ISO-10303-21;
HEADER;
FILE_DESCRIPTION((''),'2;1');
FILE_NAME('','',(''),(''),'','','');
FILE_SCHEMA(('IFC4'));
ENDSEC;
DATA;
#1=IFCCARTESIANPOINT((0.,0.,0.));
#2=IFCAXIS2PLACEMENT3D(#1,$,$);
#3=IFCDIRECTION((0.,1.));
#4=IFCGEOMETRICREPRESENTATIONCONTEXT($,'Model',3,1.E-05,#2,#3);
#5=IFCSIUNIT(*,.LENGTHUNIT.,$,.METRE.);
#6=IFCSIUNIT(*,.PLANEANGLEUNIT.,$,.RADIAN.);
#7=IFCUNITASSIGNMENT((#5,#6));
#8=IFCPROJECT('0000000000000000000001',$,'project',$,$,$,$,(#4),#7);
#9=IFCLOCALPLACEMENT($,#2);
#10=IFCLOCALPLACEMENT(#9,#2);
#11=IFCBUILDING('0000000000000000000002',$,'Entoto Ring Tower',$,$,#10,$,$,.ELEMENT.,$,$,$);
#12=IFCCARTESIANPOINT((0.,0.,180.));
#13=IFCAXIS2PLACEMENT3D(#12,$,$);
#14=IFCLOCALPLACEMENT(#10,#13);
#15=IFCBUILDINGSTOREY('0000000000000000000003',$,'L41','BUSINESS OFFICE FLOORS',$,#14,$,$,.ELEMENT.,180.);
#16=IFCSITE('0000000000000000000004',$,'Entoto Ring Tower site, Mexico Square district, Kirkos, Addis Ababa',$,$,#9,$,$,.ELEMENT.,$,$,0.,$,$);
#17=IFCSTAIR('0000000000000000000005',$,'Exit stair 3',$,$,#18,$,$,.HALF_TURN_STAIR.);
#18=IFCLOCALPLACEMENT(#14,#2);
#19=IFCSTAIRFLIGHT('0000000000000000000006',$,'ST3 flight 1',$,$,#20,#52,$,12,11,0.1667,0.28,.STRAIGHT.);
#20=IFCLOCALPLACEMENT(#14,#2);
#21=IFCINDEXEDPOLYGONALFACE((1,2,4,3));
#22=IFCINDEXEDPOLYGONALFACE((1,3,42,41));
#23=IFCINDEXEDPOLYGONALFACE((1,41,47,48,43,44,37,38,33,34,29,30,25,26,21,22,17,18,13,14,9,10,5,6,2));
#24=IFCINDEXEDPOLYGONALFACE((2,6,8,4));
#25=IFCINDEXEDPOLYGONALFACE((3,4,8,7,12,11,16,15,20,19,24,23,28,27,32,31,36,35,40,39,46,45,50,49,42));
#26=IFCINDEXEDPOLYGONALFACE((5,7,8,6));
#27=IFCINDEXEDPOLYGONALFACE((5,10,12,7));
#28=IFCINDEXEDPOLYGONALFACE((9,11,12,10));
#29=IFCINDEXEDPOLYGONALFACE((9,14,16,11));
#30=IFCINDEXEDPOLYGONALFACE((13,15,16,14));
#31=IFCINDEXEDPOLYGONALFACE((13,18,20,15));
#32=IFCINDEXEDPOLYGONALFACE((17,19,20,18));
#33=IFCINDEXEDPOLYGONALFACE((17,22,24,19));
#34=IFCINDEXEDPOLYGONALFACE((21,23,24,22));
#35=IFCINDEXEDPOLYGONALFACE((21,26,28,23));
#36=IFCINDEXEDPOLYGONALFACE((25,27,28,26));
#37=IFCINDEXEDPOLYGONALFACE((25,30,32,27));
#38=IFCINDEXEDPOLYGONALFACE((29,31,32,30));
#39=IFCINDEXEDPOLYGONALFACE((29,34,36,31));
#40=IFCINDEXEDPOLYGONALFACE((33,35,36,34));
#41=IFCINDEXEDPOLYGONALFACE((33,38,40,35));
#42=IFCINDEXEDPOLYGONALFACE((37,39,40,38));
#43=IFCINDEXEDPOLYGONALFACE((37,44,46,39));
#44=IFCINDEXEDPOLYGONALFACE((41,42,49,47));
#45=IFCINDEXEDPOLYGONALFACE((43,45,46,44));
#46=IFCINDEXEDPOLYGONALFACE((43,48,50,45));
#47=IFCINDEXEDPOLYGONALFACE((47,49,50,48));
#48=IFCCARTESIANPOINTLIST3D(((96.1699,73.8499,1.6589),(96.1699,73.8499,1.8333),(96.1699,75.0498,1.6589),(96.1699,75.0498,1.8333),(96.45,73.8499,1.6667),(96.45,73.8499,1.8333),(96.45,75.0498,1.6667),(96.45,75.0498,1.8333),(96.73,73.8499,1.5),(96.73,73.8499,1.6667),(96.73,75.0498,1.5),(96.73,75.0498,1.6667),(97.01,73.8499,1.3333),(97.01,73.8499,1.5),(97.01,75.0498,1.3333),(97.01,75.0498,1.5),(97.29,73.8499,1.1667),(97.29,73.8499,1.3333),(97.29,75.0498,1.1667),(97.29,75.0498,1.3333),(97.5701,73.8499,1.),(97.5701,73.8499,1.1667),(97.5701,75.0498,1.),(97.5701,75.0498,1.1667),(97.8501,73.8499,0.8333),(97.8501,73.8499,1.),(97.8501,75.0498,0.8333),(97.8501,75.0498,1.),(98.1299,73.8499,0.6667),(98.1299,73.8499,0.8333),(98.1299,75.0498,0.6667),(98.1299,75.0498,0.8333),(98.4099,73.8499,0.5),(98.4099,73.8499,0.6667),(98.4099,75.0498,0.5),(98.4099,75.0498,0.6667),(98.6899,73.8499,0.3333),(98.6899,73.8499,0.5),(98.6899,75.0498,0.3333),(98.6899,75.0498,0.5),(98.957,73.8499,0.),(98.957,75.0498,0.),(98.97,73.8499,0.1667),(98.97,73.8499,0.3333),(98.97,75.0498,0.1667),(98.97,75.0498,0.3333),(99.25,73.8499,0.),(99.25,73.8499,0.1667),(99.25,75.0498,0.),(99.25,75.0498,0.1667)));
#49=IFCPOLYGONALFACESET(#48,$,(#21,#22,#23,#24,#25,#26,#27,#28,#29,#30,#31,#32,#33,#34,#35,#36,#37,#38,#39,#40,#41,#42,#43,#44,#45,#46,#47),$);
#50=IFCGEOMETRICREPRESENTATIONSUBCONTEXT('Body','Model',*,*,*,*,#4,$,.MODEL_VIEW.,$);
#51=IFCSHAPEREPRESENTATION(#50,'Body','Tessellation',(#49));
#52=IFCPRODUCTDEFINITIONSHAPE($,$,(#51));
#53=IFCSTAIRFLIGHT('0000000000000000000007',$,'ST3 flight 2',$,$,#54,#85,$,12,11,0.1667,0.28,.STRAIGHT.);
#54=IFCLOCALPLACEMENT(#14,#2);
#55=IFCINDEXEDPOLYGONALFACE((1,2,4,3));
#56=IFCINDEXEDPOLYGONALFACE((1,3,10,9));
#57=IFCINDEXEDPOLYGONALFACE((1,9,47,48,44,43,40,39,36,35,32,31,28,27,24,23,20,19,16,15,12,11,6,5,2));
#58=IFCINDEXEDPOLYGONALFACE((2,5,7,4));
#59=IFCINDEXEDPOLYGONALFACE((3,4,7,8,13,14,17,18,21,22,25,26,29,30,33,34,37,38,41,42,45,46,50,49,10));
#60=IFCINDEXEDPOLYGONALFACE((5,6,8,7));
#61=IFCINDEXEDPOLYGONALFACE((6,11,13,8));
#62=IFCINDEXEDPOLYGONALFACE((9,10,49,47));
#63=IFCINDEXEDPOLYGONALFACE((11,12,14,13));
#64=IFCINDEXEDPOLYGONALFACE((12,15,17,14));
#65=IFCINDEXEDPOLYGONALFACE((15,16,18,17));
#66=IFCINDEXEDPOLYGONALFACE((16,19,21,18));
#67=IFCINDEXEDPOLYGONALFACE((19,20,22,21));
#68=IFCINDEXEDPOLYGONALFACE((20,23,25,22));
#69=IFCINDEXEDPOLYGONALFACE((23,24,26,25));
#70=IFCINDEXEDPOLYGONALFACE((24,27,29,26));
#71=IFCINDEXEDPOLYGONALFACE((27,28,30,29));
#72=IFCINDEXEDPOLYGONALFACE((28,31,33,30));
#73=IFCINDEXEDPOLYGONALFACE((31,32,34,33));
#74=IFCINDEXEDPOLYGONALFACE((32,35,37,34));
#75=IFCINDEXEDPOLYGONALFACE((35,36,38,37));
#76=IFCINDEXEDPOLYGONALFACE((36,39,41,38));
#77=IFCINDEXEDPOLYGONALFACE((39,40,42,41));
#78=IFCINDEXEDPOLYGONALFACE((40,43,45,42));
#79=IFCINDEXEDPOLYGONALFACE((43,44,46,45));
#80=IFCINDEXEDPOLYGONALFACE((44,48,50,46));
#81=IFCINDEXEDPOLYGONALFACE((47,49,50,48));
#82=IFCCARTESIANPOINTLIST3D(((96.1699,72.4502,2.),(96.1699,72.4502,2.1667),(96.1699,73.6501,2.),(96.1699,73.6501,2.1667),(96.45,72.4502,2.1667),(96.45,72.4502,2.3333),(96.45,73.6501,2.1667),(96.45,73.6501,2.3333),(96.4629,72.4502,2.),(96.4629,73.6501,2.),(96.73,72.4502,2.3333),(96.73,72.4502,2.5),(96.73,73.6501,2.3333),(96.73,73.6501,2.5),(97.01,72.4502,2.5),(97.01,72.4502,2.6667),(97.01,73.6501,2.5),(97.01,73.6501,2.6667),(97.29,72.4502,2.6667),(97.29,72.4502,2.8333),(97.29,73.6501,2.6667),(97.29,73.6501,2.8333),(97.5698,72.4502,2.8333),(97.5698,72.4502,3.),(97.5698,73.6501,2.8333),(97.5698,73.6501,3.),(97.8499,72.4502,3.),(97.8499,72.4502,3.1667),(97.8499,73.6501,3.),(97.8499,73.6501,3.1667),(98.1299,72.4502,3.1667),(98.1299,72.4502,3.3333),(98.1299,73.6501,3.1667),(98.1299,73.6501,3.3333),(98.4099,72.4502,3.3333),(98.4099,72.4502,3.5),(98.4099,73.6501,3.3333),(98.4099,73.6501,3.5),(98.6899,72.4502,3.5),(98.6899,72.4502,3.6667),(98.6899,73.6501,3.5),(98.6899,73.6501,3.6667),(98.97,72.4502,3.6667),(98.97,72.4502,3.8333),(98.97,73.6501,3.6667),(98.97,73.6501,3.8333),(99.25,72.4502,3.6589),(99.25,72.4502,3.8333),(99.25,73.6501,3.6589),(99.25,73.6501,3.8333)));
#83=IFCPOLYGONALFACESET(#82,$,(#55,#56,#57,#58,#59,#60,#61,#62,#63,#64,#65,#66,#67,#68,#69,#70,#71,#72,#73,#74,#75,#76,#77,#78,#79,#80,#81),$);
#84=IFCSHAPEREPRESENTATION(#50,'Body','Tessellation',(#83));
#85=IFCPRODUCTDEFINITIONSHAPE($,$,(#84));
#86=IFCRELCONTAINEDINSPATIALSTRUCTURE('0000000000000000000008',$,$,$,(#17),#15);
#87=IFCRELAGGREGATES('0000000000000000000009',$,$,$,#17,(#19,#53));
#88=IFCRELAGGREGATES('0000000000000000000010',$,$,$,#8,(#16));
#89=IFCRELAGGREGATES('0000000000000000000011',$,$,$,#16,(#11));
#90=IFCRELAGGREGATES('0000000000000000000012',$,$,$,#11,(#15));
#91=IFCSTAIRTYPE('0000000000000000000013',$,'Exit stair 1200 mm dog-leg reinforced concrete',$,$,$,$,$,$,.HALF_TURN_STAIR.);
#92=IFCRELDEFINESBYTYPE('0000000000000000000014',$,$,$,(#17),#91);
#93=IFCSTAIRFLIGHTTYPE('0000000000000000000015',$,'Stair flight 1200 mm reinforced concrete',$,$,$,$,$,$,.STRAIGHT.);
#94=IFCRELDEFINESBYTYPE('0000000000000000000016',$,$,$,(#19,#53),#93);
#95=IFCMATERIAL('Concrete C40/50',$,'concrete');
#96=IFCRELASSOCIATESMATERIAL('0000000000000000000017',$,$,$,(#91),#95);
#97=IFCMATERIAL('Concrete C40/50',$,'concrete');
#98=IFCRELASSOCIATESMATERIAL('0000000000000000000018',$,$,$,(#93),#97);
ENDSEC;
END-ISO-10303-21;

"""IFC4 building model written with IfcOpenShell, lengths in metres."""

from ifc_helpers import new_model, si_unit, direction, frame, origin, place, context, subcontext, project, spatial, polyline, outline, extrude, material, type_object, element, aggregate, save


model = new_model("IFC4")

# Units and contexts
model_context = context("Model", 3, precision=1e-05, world=origin(), true_north=direction((0.0, 1.0)))
body_context = subcontext(model_context, "Body", "Model", "MODEL_VIEW")
ifc_project = project(units=[si_unit("LENGTHUNIT", "METRE"), si_unit("PLANEANGLEUNIT", "RADIAN")], contexts=[model_context])

# Site, building, storey
site_placement = place(None, origin())
site = spatial("IfcSite", under=ifc_project, at=site_placement, Name="Entoto Ring Tower site, Mexico Square district, Kirkos, Addis Ababa", CompositionType="ELEMENT", RefElevation=0.0)
building_placement = place(site_placement, origin())
building = spatial("IfcBuilding", under=site, at=building_placement, Name="Entoto Ring Tower", CompositionType="ELEMENT")
storey_placement = place(building_placement, frame((0.0, 0.0, 180.0)))
storey = spatial("IfcBuildingStorey", under=building, at=storey_placement, Name="L41", Description="BUSINESS OFFICE FLOORS", CompositionType="ELEMENT", Elevation=180.0)

# Stair, stair flights
ifc_material_1 = material(Name="Concrete C40/50", Category="concrete")
stair_type = type_object("IfcStairType", Name="Exit stair 1200 mm dog-leg reinforced concrete", PredefinedType="HALF_TURN_STAIR", material=ifc_material_1)
stair_placement = place(storey_placement, origin())
stair = element("IfcStair", 1, at=stair_placement, inside=storey, type_object=stair_type, Name="Exit stair 3", PredefinedType="HALF_TURN_STAIR")
ifc_material_2 = material(Name="Concrete C40/50", Category="concrete")
stair_flight_type = type_object("IfcStairFlightType", Name="Stair flight 1200 mm reinforced concrete", PredefinedType="STRAIGHT", material=ifc_material_2)
stair_flight_1_placement = place(storey_placement, frame((99.25, 74.45, 0.0), z_axis=(0.0, 0.0, 1.0), x_axis=(-1.0, 0.0, 0.0)))
stair_flight_1 = element("IfcStairFlight", 2, at=stair_flight_1_placement, type_object=stair_flight_type, Name="ST3 flight 1", NumberOfRisers=12, NumberOfTreads=11, PredefinedType="STRAIGHT", RiserHeight=0.1667, TreadLength=0.28, context=body_context, shape_type="SweptSolid", body=[
    extrude(outline(polyline([(0.0, 0.0), (0.0, 0.1667), (0.28, 0.1667), (0.28, 0.3333), (0.5601, 0.3333), (0.5601, 0.5), (0.8401, 0.5), (0.8401, 0.6667), (1.1201, 0.6667), (1.1201, 0.8333), (1.3999, 0.8333), (1.3999, 1.0), (1.6799, 1.0), (1.6799, 1.1667), (1.96, 1.1667), (1.96, 1.3333), (2.24, 1.3333), (2.24, 1.5), (2.52, 1.5), (2.52, 1.6667), (2.8, 1.6667), (2.8, 1.8333), (3.0801, 1.8333), (3.0801, 2.0), (3.0801, 1.6589), (0.293, 0.0), (0.0, 0.0)])), frame((0.0, 0.6001, 0.0), z_axis=(0.0, -1.0, 0.0), x_axis=(1.0, 0.0, 0.0)), (0.0, 0.0, 1.0), 1.2),
])
stair_flight_2_placement = place(storey_placement, frame((96.1699, 73.05, 2.0), z_axis=(0.0, 0.0, 1.0), x_axis=(1.0, 0.0, 0.0)))
stair_flight_2 = element("IfcStairFlight", 3, at=stair_flight_2_placement, type_object=stair_flight_type, Name="ST3 flight 2", NumberOfRisers=12, NumberOfTreads=11, PredefinedType="STRAIGHT", RiserHeight=0.1667, TreadLength=0.28, context=body_context, shape_type="SweptSolid", body=[
    extrude(outline(polyline([(0.0, 0.0), (0.0, 0.1667), (0.28, 0.1667), (0.28, 0.3333), (0.5601, 0.3333), (0.5601, 0.5), (0.8401, 0.5), (0.8401, 0.6667), (1.1201, 0.6667), (1.1201, 0.8333), (1.3999, 0.8333), (1.3999, 1.0), (1.6799, 1.0), (1.6799, 1.1667), (1.96, 1.1667), (1.96, 1.3333), (2.24, 1.3333), (2.24, 1.5), (2.52, 1.5), (2.52, 1.6667), (2.8, 1.6667), (2.8, 1.8333), (3.0801, 1.8333), (3.0801, 2.0), (3.0801, 1.6589), (0.293, 0.0), (0.0, 0.0)])), frame((0.0, 0.6001, 0.0), z_axis=(0.0, -1.0, 0.0), x_axis=(1.0, 0.0, 0.0)), (0.0, 0.0, 1.0), 1.2),
])
aggregate(stair, [stair_flight_1, stair_flight_2])

save(model, "model.ifc")
